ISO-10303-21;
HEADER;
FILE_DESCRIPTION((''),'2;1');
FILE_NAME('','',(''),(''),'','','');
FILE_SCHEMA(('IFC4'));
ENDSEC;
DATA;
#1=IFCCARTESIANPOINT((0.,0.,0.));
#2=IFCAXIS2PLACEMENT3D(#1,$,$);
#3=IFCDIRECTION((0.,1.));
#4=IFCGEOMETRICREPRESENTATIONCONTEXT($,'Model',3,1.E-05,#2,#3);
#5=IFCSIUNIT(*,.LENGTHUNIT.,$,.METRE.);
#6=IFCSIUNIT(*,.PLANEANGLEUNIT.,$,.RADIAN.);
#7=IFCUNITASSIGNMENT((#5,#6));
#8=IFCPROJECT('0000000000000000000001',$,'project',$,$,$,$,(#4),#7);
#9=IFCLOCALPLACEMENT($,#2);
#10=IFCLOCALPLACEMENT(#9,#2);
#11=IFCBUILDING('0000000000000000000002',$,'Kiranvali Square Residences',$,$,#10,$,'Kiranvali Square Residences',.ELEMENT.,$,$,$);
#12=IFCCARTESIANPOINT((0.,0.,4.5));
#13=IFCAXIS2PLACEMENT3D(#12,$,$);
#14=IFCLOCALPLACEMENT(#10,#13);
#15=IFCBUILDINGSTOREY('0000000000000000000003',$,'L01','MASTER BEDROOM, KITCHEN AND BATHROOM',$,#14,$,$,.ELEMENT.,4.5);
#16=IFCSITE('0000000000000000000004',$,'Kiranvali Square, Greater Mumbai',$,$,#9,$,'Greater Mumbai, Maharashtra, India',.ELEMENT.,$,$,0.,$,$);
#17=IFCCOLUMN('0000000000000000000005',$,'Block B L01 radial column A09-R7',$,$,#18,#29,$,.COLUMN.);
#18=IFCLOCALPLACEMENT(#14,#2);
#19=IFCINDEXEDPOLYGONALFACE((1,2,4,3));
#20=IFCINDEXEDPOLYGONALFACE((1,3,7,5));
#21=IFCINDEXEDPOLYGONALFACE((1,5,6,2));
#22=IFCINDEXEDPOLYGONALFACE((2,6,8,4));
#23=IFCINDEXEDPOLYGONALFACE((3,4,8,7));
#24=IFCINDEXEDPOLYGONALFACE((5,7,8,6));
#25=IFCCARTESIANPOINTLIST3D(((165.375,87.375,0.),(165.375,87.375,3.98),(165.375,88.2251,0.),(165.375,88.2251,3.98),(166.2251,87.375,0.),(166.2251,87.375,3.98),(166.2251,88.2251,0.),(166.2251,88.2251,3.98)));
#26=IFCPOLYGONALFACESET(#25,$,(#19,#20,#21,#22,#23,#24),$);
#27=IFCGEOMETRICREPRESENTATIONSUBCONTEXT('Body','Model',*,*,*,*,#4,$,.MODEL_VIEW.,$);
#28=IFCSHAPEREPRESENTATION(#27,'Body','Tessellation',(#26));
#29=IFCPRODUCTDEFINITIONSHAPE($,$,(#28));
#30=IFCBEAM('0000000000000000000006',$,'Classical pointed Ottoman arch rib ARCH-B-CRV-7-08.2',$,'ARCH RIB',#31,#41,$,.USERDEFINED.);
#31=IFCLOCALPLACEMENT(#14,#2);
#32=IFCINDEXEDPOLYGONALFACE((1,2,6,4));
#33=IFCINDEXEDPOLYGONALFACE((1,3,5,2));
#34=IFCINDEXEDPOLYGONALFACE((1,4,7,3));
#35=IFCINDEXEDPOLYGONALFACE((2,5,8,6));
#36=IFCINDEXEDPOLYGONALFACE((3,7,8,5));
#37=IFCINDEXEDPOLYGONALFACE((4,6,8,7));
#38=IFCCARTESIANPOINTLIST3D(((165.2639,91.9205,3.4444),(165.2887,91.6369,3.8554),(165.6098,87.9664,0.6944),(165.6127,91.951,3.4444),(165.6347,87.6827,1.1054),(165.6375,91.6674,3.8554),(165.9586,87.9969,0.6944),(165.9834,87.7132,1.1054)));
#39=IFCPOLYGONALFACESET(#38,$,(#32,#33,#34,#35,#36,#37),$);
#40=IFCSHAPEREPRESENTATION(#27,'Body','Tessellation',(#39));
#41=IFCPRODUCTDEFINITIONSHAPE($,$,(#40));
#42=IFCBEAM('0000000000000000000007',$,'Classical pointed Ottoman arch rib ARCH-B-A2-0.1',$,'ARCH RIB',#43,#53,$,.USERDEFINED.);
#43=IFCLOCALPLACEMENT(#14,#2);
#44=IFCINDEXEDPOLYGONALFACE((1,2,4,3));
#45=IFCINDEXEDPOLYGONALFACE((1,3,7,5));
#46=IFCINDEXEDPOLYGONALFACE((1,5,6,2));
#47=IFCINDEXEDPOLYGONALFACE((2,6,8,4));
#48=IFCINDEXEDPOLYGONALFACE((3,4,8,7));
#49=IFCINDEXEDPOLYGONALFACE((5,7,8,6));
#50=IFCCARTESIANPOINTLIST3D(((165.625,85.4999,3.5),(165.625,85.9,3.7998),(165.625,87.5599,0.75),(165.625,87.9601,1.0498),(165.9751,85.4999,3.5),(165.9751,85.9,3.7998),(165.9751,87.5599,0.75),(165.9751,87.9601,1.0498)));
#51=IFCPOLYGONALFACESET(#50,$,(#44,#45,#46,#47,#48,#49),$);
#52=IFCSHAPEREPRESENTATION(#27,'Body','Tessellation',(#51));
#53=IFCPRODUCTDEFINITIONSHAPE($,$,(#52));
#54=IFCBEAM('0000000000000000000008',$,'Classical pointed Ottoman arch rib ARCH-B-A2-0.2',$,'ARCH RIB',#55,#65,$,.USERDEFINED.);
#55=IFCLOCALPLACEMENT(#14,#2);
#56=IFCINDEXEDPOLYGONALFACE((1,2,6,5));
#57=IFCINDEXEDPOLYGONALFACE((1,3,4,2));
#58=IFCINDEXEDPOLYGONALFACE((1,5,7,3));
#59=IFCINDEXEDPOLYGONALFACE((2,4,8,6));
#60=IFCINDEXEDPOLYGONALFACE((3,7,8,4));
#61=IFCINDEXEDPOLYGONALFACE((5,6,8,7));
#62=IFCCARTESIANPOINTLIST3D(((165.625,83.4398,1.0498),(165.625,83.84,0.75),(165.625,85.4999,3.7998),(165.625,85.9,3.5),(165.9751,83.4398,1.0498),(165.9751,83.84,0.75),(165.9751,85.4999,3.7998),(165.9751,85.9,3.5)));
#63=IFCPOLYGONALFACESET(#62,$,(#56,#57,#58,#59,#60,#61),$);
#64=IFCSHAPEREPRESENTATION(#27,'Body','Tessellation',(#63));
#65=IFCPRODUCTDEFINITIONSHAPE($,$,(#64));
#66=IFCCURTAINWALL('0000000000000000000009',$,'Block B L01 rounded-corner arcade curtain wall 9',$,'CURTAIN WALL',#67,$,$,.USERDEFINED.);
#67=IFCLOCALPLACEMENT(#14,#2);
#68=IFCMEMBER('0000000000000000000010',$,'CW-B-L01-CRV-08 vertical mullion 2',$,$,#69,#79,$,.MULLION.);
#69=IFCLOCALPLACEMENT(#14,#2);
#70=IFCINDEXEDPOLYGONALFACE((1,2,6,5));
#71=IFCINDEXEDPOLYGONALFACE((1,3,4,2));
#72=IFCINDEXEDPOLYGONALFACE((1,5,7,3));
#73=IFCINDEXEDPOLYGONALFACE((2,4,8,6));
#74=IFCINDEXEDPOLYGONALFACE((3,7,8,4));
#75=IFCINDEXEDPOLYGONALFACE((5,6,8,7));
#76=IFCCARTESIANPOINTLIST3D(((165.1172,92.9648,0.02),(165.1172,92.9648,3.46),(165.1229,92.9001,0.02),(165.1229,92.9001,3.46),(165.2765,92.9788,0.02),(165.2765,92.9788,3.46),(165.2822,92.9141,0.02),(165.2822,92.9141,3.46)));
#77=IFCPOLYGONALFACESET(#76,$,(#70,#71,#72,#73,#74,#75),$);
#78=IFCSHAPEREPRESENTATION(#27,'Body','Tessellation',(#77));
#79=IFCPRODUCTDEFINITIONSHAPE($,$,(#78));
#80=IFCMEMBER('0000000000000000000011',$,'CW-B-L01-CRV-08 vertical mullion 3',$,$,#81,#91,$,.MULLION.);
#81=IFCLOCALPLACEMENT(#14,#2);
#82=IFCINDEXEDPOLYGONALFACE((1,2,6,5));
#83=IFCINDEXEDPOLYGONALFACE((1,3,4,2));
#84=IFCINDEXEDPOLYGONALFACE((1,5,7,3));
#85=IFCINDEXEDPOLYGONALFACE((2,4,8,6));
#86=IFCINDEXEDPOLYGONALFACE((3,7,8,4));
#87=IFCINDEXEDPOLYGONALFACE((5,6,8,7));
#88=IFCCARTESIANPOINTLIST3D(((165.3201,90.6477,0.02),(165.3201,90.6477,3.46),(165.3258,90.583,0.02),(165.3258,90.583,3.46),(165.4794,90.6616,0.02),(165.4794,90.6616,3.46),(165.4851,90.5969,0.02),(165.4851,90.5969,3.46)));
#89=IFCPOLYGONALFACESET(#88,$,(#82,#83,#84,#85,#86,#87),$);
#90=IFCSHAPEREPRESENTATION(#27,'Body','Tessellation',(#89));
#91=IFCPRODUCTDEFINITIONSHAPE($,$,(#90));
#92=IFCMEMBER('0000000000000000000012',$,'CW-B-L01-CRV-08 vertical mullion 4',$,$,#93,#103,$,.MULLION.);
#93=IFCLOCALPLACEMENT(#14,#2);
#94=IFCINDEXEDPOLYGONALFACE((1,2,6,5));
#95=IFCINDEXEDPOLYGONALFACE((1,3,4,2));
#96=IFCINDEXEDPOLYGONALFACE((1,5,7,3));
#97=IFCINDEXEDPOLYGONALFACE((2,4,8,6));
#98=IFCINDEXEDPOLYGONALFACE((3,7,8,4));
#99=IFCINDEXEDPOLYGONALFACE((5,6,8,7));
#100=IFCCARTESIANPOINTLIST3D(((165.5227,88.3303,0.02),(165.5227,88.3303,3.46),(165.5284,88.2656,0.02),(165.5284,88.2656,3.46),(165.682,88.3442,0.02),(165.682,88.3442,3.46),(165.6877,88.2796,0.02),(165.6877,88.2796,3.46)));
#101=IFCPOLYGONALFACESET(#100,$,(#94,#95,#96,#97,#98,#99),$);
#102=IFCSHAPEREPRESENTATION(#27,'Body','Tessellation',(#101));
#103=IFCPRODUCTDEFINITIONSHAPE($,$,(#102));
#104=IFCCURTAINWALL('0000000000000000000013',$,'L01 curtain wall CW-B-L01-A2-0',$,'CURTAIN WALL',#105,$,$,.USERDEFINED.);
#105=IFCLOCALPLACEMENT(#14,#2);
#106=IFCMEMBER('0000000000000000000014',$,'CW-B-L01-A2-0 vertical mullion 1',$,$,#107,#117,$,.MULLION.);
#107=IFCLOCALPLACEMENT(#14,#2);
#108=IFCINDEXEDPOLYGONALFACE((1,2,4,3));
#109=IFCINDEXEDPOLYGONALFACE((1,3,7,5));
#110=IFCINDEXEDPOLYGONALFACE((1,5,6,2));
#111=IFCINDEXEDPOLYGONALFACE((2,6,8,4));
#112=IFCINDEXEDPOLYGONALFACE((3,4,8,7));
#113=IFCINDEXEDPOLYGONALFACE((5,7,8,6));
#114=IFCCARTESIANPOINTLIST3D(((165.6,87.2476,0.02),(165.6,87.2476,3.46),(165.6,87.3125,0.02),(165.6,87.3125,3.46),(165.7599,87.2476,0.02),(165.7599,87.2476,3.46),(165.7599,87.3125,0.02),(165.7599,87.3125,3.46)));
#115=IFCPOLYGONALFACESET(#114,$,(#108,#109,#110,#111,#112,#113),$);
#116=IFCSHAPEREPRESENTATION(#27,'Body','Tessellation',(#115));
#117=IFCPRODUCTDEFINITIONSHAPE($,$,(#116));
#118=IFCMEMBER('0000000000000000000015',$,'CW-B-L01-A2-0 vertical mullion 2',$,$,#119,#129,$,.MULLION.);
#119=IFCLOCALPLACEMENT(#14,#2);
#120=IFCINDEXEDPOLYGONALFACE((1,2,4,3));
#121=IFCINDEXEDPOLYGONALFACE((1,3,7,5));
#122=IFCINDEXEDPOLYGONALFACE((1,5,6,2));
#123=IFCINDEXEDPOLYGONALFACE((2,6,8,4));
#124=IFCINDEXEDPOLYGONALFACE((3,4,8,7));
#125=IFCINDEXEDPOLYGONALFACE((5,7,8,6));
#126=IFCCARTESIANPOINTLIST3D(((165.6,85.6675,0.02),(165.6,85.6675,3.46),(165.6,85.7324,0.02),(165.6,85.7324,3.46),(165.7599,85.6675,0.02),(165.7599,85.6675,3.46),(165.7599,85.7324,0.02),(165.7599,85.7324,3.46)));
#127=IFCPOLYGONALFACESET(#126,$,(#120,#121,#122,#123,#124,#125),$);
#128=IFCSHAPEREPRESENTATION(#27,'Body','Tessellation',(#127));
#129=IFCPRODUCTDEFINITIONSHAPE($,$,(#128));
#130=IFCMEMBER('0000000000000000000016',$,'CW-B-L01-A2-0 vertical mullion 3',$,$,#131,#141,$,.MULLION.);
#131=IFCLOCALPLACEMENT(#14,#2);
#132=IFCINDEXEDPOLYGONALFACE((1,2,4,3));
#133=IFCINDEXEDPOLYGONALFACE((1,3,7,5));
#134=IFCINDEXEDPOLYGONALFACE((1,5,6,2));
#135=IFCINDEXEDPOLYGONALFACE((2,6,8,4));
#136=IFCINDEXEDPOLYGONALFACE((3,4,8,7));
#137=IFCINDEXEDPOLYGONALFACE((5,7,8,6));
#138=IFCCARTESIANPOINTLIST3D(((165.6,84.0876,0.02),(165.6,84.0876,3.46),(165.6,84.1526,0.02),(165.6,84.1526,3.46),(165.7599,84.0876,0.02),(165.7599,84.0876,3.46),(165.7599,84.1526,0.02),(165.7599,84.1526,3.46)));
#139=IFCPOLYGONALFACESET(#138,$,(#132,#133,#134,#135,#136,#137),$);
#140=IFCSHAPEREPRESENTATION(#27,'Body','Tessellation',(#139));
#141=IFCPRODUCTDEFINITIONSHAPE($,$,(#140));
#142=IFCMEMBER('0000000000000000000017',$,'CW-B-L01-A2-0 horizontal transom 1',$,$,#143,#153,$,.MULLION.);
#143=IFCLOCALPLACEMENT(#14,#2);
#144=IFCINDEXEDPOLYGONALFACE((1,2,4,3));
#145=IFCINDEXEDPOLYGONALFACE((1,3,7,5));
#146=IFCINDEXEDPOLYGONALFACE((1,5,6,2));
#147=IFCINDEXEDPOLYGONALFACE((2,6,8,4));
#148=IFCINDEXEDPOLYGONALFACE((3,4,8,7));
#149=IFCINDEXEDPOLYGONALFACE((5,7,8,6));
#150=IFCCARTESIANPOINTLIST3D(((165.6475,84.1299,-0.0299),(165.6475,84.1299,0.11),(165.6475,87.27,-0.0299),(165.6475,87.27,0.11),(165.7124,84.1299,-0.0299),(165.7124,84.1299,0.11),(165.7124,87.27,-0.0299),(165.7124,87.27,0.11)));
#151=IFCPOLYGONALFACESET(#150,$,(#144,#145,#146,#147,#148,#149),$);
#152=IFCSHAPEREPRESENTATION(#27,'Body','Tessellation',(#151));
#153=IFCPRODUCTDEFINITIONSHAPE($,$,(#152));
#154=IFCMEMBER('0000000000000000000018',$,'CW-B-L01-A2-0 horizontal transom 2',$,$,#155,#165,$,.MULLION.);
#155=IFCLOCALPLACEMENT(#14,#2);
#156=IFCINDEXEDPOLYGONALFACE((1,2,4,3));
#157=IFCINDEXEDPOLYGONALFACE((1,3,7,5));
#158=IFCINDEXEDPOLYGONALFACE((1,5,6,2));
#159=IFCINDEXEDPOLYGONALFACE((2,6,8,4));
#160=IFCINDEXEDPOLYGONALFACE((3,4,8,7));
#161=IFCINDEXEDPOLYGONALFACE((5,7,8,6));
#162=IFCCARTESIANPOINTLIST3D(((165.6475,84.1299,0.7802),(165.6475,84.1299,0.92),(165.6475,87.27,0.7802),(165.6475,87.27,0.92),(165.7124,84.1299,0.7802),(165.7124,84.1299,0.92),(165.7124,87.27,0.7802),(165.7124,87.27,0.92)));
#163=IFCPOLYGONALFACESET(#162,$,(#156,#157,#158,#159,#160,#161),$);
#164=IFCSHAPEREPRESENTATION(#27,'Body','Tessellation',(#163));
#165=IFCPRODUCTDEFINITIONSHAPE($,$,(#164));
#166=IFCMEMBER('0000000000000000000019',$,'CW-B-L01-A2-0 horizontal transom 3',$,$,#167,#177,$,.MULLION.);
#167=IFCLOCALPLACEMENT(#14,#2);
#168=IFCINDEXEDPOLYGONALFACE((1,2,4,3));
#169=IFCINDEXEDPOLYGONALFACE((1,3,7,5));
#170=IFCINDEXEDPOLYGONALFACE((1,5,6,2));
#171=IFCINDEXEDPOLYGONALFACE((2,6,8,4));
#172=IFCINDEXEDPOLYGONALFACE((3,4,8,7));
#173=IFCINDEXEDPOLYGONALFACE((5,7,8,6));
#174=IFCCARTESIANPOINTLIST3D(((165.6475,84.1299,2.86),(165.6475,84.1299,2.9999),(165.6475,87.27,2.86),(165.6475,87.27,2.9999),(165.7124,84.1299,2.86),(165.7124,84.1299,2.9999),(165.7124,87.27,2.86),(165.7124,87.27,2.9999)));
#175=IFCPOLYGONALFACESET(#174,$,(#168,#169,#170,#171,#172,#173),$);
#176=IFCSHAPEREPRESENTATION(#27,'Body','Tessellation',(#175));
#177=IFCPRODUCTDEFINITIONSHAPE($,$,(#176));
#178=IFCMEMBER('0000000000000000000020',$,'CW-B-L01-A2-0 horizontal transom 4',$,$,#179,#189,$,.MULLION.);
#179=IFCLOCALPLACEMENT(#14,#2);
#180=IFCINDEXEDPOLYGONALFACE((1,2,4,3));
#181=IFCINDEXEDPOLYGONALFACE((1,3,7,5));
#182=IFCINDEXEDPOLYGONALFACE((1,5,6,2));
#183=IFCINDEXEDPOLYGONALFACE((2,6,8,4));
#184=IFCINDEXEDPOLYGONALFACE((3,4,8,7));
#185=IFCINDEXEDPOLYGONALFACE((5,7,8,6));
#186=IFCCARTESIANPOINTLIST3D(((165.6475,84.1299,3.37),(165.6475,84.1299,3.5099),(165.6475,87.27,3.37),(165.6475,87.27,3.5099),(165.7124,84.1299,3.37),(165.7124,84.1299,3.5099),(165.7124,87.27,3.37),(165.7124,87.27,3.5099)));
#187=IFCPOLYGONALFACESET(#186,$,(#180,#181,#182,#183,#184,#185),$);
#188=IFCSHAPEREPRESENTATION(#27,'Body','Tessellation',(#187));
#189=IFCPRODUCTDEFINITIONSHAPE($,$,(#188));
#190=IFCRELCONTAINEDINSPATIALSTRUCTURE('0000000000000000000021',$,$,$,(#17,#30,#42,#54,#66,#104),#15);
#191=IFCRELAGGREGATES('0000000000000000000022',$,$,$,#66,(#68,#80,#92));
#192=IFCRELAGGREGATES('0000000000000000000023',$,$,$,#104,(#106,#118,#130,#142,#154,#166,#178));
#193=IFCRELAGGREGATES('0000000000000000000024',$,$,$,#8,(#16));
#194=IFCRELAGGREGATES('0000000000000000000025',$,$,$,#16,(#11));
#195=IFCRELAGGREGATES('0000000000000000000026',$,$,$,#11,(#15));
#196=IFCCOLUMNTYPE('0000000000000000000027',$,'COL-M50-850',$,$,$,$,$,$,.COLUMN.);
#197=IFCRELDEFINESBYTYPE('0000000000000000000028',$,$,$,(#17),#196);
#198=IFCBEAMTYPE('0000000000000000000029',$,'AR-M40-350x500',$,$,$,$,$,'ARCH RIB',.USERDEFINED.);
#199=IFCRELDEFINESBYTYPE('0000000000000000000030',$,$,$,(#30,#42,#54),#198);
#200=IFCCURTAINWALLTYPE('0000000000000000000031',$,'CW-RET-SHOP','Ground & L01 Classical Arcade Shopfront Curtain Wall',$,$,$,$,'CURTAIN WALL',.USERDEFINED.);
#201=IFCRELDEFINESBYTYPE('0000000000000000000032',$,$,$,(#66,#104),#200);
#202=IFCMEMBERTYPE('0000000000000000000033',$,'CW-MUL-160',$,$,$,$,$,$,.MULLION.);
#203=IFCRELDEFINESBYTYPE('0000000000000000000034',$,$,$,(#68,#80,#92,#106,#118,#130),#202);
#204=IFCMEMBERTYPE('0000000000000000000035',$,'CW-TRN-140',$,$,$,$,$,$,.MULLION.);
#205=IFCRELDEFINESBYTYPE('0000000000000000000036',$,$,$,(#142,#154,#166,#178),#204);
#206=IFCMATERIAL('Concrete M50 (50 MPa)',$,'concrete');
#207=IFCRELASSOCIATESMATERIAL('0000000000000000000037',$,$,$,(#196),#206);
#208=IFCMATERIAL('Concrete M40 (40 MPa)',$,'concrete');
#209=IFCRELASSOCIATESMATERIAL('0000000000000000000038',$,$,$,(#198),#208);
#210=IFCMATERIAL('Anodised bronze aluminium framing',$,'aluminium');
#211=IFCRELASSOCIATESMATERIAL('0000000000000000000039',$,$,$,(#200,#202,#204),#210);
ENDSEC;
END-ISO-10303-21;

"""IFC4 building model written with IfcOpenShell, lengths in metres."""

from ifc_helpers import new_model, si_unit, direction, frame, origin, origin_2d, place, context, subcontext, project, spatial, rectangle, extrude, material, material_profile, profile_set, type_object, element, aggregate, save


model = new_model("IFC4")

# Units and contexts
model_context = context("Model", 3, precision=1e-05, world=origin(), true_north=direction((0.0, 1.0)))
body_context = subcontext(model_context, "Body", "Model", "MODEL_VIEW")
ifc_project = project(units=[si_unit("LENGTHUNIT", "METRE"), si_unit("PLANEANGLEUNIT", "RADIAN")], contexts=[model_context])

# Site, building, storey
site_placement = place(None, origin())
site = spatial("IfcSite", under=ifc_project, at=site_placement, Name="Kiranvali Square, Greater Mumbai", LongName="Greater Mumbai, Maharashtra, India", CompositionType="ELEMENT", RefElevation=0.0)
building_placement = place(site_placement, origin())
building = spatial("IfcBuilding", under=site, at=building_placement, Name="Kiranvali Square Residences", LongName="Kiranvali Square Residences", CompositionType="ELEMENT")
storey_placement = place(building_placement, frame((0.0, 0.0, 4.5)))
storey = spatial("IfcBuildingStorey", under=building, at=storey_placement, Name="L01", Description="MASTER BEDROOM, KITCHEN AND BATHROOM", CompositionType="ELEMENT", Elevation=4.5)

# Column
ifc_material_1 = material(Name="Concrete M50 (50 MPa)", Category="concrete")
ifc_material_profile_1 = material_profile(ifc_material_1, rectangle(XDim=0.8501, YDim=0.8501, at=origin_2d()), Name="RC 850x850")
ifc_profile_set_1 = profile_set([ifc_material_profile_1], Name="Concrete M50 (50 MPa)")
column_type = type_object("IfcColumnType", Name="COL-M50-850", PredefinedType="COLUMN", material=ifc_profile_set_1)
column_placement = place(storey_placement, frame((165.8, 87.8, 0.0), z_axis=(0.0, 0.0, 1.0), x_axis=(0.0, 1.0, 0.0)))
element("IfcColumn", 1, at=column_placement, inside=storey, type_object=column_type, Name="Block B L01 radial column A09-R7", PredefinedType="COLUMN", context=body_context, shape_type="SweptSolid", body=[
    extrude(rectangle(XDim=0.8501, YDim=0.8501, at=origin_2d()), origin(), (0.0, 0.0, 1.0), 3.98),
])

# Beams
ifc_material_2 = material(Name="Concrete M40 (40 MPa)", Category="concrete")
ifc_material_profile_2 = material_profile(ifc_material_2, rectangle(XDim=0.3501, YDim=0.5, at=origin_2d()), Name="RC 350x500")
ifc_profile_set_2 = profile_set([ifc_material_profile_2], Name="Concrete M40 (40 MPa)")
beam_type_1 = type_object("IfcBeamType", Name="AR-M40-350x500", ElementType="ARCH RIB", PredefinedType="USERDEFINED", material=ifc_profile_set_2)
beam_1_placement = place(storey_placement, frame((165.4507, 91.7939, 3.6499), z_axis=(0.071643, -0.818862, -0.569502), x_axis=(0.996195, 0.087158, 0.0)))
element("IfcBeam", 2, at=beam_1_placement, inside=storey, type_object=beam_type_1, Name="Classical pointed Ottoman arch rib ARCH-B-CRV-7-08.2", ObjectType="ARCH RIB", PredefinedType="USERDEFINED", context=body_context, shape_type="SweptSolid", body=[
    extrude(rectangle(XDim=0.3501, YDim=0.5, at=origin_2d()), origin(), (0.0, 0.0, 1.0), 4.8289),
])
for number, where, z_axis, x_axis, name in (
    (3, (165.8, 87.76, 0.8999), (0.0, -0.599545, 0.800341), (1.0, 0.0, 0.0), "Classical pointed Ottoman arch rib ARCH-B-A2-0.1"),
    (4, (165.8, 85.7, 3.6499), (0.0, -0.599545, -0.800341), (1.0, 0.0, 0.0), "Classical pointed Ottoman arch rib ARCH-B-A2-0.2"),
):
    element("IfcBeam", number, at=place(storey_placement, frame(where, z_axis=z_axis, x_axis=x_axis)), inside=storey, type_object=beam_type_1, Name=name, ObjectType="ARCH RIB", PredefinedType="USERDEFINED", context=body_context, shape_type="SweptSolid", body=[
        extrude(rectangle(XDim=0.3501, YDim=0.5, at=origin_2d()), origin(), (0.0, 0.0, 1.0), 3.436),
    ])

# Curtain walls, members
ifc_material_3 = material(Name="Anodised bronze aluminium framing", Category="aluminium")
curtain_wall_type = type_object("IfcCurtainWallType", Name="CW-RET-SHOP", Description="Ground & L01 Classical Arcade Shopfront Curtain Wall", ElementType="CURTAIN WALL", PredefinedType="USERDEFINED", material=ifc_material_3)
curtain_wall_1_placement = place(storey_placement, origin())
curtain_wall_1 = element("IfcCurtainWall", 5, at=curtain_wall_1_placement, inside=storey, type_object=curtain_wall_type, Name="Block B L01 rounded-corner arcade curtain wall 9", ObjectType="CURTAIN WALL", PredefinedType="USERDEFINED")
ifc_material_profile_3 = material_profile(ifc_material_3, rectangle(XDim=0.0649, YDim=0.1599, at=origin_2d()), Name="ALU 65x160")
ifc_profile_set_3 = profile_set([ifc_material_profile_3], Name="Anodised bronze aluminium framing")
member_type_1 = type_object("IfcMemberType", Name="CW-MUL-160", PredefinedType="MULLION", material=ifc_profile_set_3)
member_1_placement = place(storey_placement, frame((165.1997, 92.9395, 0.02), z_axis=(0.0, 0.0, 1.0), x_axis=(0.087156, -0.996195, 0.0)))
member_1 = element("IfcMember", 6, at=member_1_placement, type_object=member_type_1, Name="CW-B-L01-CRV-08 vertical mullion 2", PredefinedType="MULLION", context=body_context, shape_type="SweptSolid", body=[
    extrude(rectangle(XDim=0.0649, YDim=0.1599, at=origin_2d()), origin(), (0.0, 0.0, 1.0), 3.4399),
])
member_2_placement = place(storey_placement, frame((165.4026, 90.6223, 0.02), z_axis=(0.0, 0.0, 1.0), x_axis=(0.087156, -0.996195, 0.0)))
member_2 = element("IfcMember", 7, at=member_2_placement, type_object=member_type_1, Name="CW-B-L01-CRV-08 vertical mullion 3", PredefinedType="MULLION", context=body_context, shape_type="SweptSolid", body=[
    extrude(rectangle(XDim=0.0649, YDim=0.1599, at=origin_2d()), origin(), (0.0, 0.0, 1.0), 3.4399),
])
member_3_placement = place(storey_placement, frame((165.6052, 88.3049, 0.02), z_axis=(0.0, 0.0, 1.0), x_axis=(0.087156, -0.996195, 0.0)))
member_3 = element("IfcMember", 8, at=member_3_placement, type_object=member_type_1, Name="CW-B-L01-CRV-08 vertical mullion 4", PredefinedType="MULLION", context=body_context, shape_type="SweptSolid", body=[
    extrude(rectangle(XDim=0.0649, YDim=0.1599, at=origin_2d()), origin(), (0.0, 0.0, 1.0), 3.4399),
])
curtain_wall_2_placement = place(storey_placement, origin())
curtain_wall_2 = element("IfcCurtainWall", 9, at=curtain_wall_2_placement, inside=storey, type_object=curtain_wall_type, Name="L01 curtain wall CW-B-L01-A2-0", ObjectType="CURTAIN WALL", PredefinedType="USERDEFINED")
member_4_placement = place(storey_placement, frame((165.6799, 87.28, 0.02), z_axis=(0.0, 0.0, 1.0), x_axis=(0.0, -1.0, 0.0)))
member_4 = element("IfcMember", 10, at=member_4_placement, type_object=member_type_1, Name="CW-B-L01-A2-0 vertical mullion 1", PredefinedType="MULLION", context=body_context, shape_type="SweptSolid", body=[
    extrude(rectangle(XDim=0.0649, YDim=0.1599, at=origin_2d()), origin(), (0.0, 0.0, 1.0), 3.4399),
])
member_5_placement = place(storey_placement, frame((165.6799, 85.7, 0.02), z_axis=(0.0, 0.0, 1.0), x_axis=(0.0, -1.0, 0.0)))
member_5 = element("IfcMember", 11, at=member_5_placement, type_object=member_type_1, Name="CW-B-L01-A2-0 vertical mullion 2", PredefinedType="MULLION", context=body_context, shape_type="SweptSolid", body=[
    extrude(rectangle(XDim=0.0649, YDim=0.1599, at=origin_2d()), origin(), (0.0, 0.0, 1.0), 3.4399),
])
member_6_placement = place(storey_placement, frame((165.6799, 84.1201, 0.02), z_axis=(0.0, 0.0, 1.0), x_axis=(0.0, -1.0, 0.0)))
member_6 = element("IfcMember", 12, at=member_6_placement, type_object=member_type_1, Name="CW-B-L01-A2-0 vertical mullion 3", PredefinedType="MULLION", context=body_context, shape_type="SweptSolid", body=[
    extrude(rectangle(XDim=0.0649, YDim=0.1599, at=origin_2d()), origin(), (0.0, 0.0, 1.0), 3.4399),
])
ifc_material_profile_4 = material_profile(ifc_material_3, rectangle(XDim=0.0649, YDim=0.1399, at=origin_2d()), Name="ALU 65x140")
ifc_profile_set_4 = profile_set([ifc_material_profile_4], Name="Anodised bronze aluminium framing")
member_type_2 = type_object("IfcMemberType", Name="CW-TRN-140", PredefinedType="MULLION", material=ifc_profile_set_4)
member_7_placement = place(storey_placement, frame((165.6799, 87.27, 0.04), z_axis=(0.0, -1.0, 0.0), x_axis=(1.0, 0.0, 0.0)))
member_7 = element("IfcMember", 13, at=member_7_placement, type_object=member_type_2, Name="CW-B-L01-A2-0 horizontal transom 1", PredefinedType="MULLION", context=body_context, shape_type="SweptSolid", body=[
    extrude(rectangle(XDim=0.0649, YDim=0.1399, at=origin_2d()), origin(), (0.0, 0.0, 1.0), 3.1401),
])
member_8_placement = place(storey_placement, frame((165.6799, 87.27, 0.8501), z_axis=(0.0, -1.0, 0.0), x_axis=(1.0, 0.0, 0.0)))
member_8 = element("IfcMember", 14, at=member_8_placement, type_object=member_type_2, Name="CW-B-L01-A2-0 horizontal transom 2", PredefinedType="MULLION", context=body_context, shape_type="SweptSolid", body=[
    extrude(rectangle(XDim=0.0649, YDim=0.1399, at=origin_2d()), origin(), (0.0, 0.0, 1.0), 3.1401),
])
member_9_placement = place(storey_placement, frame((165.6799, 87.27, 2.9299), z_axis=(0.0, -1.0, 0.0), x_axis=(1.0, 0.0, 0.0)))
member_9 = element("IfcMember", 15, at=member_9_placement, type_object=member_type_2, Name="CW-B-L01-A2-0 horizontal transom 3", PredefinedType="MULLION", context=body_context, shape_type="SweptSolid", body=[
    extrude(rectangle(XDim=0.0649, YDim=0.1399, at=origin_2d()), origin(), (0.0, 0.0, 1.0), 3.1401),
])
member_10_placement = place(storey_placement, frame((165.6799, 87.27, 3.4399), z_axis=(0.0, -1.0, 0.0), x_axis=(1.0, 0.0, 0.0)))
member_10 = element("IfcMember", 16, at=member_10_placement, type_object=member_type_2, Name="CW-B-L01-A2-0 horizontal transom 4", PredefinedType="MULLION", context=body_context, shape_type="SweptSolid", body=[
    extrude(rectangle(XDim=0.0649, YDim=0.1399, at=origin_2d()), origin(), (0.0, 0.0, 1.0), 3.1401),
])

aggregate(curtain_wall_1, [member_1, member_2, member_3])
aggregate(curtain_wall_2, [member_4, member_5, member_6, member_7, member_8, member_9, member_10])

save(model, "model.ifc")
